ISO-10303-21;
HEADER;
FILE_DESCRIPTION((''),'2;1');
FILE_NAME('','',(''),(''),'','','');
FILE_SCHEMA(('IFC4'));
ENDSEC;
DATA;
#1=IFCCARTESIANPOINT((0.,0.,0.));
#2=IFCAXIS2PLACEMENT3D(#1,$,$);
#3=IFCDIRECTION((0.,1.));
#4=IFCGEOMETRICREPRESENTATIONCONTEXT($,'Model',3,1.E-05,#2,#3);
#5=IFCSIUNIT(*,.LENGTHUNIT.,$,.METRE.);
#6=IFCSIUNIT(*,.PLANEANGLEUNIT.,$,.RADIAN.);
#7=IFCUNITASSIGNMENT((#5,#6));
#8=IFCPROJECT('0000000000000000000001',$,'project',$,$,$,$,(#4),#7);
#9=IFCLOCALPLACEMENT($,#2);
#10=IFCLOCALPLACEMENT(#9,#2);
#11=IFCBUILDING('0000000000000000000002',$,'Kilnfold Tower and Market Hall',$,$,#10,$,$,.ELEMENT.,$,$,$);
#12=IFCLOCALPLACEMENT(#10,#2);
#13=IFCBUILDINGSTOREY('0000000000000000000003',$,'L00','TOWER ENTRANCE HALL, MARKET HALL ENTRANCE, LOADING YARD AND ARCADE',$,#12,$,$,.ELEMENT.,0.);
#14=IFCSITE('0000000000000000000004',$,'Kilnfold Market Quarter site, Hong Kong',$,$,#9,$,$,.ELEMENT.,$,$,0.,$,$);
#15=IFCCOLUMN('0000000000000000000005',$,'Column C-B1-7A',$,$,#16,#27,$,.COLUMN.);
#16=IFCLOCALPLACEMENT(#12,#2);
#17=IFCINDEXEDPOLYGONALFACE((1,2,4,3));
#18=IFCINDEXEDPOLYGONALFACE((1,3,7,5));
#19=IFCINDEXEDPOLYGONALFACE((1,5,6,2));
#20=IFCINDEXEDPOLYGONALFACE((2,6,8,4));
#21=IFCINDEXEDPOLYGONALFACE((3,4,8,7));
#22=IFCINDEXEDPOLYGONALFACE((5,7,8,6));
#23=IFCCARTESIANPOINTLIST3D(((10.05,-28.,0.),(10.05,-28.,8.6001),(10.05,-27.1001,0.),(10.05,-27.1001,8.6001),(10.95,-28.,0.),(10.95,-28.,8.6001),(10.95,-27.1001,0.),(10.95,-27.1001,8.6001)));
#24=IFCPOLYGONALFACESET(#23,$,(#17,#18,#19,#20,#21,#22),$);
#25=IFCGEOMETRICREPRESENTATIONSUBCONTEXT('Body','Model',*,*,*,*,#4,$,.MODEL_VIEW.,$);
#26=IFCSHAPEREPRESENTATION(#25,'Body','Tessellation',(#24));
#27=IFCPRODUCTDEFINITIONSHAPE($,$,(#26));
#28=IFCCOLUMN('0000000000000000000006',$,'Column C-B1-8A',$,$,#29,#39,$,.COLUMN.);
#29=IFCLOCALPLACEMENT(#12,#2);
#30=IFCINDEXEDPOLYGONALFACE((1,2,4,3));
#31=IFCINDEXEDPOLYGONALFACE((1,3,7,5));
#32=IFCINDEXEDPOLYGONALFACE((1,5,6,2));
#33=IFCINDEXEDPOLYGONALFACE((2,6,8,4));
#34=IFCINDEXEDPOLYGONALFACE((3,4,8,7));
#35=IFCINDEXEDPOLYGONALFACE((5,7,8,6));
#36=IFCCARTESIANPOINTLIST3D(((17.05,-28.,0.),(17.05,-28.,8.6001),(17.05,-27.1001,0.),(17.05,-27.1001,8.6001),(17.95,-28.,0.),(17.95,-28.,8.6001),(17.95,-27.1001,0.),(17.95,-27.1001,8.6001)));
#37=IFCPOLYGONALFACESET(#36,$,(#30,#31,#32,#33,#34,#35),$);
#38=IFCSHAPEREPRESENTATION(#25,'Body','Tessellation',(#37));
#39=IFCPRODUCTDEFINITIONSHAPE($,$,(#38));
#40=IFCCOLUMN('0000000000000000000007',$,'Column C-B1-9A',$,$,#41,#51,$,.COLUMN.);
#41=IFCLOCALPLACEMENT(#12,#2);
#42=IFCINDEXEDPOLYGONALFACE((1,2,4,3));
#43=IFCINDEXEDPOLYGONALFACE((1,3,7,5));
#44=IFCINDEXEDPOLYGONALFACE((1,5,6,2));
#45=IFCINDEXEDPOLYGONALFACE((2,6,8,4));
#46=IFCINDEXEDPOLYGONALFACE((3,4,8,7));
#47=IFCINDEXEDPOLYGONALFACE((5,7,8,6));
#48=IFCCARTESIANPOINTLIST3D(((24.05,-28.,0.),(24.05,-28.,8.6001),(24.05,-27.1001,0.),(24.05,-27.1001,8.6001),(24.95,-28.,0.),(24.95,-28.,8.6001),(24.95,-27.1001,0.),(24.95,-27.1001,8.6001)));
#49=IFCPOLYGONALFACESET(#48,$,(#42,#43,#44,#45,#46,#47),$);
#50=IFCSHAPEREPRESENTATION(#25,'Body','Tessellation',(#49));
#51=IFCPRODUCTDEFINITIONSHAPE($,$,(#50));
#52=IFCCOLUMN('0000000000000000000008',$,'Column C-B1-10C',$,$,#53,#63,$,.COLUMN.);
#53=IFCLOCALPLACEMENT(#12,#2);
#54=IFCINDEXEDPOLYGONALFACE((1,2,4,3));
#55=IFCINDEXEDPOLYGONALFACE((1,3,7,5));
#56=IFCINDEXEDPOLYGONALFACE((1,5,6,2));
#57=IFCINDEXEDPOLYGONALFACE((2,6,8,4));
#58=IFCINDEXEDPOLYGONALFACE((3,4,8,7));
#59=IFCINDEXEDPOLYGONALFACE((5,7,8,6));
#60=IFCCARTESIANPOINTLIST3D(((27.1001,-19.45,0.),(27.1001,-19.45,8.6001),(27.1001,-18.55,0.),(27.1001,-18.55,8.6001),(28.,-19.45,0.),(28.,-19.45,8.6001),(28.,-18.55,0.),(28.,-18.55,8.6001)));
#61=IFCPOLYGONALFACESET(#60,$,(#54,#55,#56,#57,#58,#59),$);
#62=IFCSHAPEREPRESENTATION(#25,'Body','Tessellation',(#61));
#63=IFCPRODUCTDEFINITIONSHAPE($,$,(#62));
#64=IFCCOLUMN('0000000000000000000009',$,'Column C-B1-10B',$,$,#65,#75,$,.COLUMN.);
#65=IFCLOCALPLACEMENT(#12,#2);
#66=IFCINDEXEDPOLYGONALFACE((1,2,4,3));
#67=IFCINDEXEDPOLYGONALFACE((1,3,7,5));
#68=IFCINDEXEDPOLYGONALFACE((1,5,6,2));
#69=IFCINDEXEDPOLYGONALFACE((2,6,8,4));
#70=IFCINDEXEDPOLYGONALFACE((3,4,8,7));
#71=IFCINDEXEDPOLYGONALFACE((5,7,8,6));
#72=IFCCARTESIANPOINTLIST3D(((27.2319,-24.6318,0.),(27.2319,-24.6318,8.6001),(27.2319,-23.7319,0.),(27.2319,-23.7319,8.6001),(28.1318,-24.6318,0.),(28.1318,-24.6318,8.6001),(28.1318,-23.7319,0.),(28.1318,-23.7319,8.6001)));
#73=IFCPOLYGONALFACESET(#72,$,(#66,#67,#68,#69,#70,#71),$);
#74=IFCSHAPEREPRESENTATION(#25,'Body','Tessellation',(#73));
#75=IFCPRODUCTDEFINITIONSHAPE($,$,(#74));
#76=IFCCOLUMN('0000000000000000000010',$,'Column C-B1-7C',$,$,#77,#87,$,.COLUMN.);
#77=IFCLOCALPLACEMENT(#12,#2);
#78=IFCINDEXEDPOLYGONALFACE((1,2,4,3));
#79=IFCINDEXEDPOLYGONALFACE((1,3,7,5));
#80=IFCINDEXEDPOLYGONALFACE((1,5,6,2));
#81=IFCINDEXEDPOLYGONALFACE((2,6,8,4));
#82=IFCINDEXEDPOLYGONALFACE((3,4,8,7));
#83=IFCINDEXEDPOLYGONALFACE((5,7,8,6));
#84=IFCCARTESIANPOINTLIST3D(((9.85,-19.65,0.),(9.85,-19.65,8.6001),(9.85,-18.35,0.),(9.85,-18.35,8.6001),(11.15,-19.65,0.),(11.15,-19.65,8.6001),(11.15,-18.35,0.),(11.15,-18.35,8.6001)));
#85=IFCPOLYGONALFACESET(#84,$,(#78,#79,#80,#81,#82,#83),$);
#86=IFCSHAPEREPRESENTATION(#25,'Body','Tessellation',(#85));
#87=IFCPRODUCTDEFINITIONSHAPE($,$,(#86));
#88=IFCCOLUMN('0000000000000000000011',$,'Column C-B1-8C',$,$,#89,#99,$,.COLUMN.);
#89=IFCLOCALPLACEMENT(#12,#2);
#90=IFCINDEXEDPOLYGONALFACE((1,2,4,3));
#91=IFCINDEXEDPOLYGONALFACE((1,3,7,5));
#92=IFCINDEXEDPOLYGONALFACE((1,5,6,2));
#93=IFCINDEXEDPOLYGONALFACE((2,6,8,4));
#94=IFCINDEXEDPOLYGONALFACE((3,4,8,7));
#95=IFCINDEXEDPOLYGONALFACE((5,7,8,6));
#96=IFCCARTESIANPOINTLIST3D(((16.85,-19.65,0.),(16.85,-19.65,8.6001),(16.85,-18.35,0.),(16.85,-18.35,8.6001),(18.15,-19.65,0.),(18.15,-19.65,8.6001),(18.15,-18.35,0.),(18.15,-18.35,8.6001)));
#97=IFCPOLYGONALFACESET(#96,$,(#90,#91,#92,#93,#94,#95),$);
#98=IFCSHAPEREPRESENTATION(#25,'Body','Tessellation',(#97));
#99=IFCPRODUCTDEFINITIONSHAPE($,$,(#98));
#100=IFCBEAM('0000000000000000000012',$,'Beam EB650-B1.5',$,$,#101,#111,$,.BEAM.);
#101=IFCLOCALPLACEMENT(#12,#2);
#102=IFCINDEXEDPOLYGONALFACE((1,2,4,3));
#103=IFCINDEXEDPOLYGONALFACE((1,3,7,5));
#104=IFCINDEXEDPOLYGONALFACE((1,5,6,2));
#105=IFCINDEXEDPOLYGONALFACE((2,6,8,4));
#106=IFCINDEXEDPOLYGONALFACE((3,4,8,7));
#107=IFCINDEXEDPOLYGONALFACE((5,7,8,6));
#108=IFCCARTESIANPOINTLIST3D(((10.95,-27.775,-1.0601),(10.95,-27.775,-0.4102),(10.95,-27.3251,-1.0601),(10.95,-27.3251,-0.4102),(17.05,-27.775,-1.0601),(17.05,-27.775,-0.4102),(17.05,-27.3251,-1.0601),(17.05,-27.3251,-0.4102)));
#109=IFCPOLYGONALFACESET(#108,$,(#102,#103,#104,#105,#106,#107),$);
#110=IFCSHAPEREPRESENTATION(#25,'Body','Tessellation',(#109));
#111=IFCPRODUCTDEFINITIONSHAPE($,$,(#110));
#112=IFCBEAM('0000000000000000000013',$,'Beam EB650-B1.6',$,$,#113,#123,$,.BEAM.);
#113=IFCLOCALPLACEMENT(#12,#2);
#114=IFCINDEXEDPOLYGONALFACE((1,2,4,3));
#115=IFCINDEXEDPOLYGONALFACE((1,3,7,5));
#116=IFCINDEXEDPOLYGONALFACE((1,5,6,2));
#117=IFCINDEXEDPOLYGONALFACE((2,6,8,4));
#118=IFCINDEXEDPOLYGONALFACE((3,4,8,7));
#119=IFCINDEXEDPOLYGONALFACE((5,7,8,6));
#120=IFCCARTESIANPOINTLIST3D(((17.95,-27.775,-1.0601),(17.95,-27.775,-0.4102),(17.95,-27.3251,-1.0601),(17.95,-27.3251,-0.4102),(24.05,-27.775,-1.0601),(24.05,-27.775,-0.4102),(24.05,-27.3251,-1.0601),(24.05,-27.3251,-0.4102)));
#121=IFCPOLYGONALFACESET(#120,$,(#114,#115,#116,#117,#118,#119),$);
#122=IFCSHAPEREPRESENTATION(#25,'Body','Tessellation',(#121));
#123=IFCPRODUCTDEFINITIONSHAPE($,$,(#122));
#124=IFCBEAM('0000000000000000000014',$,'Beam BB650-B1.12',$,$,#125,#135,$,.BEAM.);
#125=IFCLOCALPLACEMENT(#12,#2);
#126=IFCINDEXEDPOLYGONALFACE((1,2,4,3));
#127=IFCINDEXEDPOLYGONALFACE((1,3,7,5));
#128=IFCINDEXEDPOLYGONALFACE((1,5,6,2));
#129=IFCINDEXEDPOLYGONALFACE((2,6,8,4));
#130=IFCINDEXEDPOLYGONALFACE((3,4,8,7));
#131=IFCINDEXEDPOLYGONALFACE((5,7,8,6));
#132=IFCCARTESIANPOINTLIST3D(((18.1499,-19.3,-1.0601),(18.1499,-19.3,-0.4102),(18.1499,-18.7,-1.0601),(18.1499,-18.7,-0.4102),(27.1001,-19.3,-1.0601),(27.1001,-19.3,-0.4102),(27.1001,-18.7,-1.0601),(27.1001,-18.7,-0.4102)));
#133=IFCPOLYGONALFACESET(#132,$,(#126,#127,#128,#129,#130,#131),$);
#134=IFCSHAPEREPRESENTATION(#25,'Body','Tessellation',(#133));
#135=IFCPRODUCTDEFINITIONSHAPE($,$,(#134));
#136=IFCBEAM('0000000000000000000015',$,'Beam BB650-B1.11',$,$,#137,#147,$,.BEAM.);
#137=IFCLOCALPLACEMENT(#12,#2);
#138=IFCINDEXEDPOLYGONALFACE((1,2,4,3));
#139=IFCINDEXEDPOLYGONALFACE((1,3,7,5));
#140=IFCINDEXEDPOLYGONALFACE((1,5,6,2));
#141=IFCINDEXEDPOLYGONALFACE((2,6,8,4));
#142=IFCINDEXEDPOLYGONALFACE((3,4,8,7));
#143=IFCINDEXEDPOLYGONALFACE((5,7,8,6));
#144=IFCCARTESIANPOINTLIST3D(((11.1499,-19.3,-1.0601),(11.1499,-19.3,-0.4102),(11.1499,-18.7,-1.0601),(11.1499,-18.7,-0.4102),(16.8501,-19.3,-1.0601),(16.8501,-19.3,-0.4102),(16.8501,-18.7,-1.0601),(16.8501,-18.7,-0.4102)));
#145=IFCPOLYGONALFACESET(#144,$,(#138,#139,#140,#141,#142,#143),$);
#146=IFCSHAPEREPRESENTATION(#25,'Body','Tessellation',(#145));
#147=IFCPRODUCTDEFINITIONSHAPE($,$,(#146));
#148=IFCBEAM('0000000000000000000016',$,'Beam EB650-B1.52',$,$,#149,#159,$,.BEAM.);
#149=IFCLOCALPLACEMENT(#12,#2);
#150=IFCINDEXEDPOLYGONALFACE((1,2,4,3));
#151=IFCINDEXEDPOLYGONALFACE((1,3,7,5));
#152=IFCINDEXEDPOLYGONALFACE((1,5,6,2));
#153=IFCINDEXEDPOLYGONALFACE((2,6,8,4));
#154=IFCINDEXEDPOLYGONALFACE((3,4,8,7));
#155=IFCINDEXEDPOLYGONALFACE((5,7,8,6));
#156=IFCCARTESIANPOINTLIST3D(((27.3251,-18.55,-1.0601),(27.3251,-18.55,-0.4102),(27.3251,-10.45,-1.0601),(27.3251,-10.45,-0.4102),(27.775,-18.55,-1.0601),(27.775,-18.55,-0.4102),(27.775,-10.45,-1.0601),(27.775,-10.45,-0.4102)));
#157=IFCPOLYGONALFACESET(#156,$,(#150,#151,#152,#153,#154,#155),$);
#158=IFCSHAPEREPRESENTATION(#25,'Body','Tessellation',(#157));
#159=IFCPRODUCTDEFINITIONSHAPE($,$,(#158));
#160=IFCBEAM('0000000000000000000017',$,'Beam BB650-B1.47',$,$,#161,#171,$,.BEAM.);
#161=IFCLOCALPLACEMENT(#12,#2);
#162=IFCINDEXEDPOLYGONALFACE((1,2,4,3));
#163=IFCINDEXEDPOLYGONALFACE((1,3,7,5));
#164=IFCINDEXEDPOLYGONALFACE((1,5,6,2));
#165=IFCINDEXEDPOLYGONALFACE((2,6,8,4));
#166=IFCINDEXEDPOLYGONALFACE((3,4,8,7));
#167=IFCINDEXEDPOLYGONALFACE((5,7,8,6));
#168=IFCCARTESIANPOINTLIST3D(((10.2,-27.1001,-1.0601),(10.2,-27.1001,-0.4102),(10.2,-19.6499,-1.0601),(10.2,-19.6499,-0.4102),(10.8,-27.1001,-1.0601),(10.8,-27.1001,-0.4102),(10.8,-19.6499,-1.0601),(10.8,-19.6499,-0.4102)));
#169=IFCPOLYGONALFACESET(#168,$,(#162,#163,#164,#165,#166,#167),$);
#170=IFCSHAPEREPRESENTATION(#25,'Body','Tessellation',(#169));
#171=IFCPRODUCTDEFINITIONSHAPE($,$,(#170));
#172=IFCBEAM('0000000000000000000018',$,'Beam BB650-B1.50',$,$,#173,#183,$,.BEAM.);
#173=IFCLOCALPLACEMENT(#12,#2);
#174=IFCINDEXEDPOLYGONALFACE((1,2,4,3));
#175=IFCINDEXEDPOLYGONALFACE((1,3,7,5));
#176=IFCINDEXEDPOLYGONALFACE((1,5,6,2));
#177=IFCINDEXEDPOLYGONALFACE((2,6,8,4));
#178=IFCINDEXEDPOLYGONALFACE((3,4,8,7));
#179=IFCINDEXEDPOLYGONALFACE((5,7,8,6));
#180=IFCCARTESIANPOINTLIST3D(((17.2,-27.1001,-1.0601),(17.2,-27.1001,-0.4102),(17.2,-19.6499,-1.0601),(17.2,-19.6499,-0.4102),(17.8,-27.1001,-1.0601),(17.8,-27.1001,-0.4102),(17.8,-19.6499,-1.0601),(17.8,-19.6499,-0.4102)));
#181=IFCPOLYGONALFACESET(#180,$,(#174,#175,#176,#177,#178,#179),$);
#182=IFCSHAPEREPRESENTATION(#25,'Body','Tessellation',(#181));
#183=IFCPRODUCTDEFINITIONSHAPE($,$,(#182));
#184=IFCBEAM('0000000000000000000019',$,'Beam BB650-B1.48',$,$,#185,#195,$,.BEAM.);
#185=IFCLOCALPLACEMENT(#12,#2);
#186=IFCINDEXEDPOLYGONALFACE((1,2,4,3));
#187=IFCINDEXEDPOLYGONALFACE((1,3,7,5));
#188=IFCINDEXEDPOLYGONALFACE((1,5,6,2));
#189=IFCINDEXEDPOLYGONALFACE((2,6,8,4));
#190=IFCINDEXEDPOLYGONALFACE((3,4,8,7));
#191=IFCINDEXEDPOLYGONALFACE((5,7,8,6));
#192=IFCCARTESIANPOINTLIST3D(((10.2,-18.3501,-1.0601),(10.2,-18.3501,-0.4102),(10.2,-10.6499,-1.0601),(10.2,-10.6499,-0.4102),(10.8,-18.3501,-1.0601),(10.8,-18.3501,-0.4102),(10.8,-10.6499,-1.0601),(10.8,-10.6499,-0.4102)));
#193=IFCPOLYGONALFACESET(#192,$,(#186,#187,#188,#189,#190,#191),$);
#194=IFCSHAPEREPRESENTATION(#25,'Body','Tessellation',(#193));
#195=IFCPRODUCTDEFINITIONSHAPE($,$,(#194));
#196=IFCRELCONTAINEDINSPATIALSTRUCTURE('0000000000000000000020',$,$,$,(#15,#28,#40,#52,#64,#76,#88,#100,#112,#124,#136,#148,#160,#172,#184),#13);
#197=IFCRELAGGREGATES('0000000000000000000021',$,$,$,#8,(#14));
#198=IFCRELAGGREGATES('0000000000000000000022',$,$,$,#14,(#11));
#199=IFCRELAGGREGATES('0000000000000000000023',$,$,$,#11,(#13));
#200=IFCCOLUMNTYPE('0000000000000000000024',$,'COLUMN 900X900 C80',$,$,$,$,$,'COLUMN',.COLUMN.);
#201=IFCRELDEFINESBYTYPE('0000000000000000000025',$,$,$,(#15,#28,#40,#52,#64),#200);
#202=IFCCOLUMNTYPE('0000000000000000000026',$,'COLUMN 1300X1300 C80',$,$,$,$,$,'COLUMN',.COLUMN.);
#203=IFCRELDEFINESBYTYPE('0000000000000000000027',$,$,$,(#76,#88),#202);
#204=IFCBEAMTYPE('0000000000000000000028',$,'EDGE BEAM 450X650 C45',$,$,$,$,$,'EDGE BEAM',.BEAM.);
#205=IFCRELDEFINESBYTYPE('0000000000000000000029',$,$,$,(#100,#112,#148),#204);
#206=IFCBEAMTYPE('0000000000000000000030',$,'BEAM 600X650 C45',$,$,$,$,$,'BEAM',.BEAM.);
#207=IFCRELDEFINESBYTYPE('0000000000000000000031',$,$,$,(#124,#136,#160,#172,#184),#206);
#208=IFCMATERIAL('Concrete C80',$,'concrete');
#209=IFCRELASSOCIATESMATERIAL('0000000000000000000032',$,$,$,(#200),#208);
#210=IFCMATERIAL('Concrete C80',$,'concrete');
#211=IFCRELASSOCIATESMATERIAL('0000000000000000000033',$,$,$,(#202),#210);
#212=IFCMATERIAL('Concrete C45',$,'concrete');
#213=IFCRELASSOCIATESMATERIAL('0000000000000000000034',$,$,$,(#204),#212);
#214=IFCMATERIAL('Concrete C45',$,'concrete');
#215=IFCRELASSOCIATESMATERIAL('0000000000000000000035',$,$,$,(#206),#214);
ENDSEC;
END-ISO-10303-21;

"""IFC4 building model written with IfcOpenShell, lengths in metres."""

from ifc_helpers import new_model, si_unit, direction, frame, origin, origin_2d, place, context, subcontext, project, spatial, rectangle, extrude, source, transform, mapped, material, material_profile, profile_set, type_object, element, save


model = new_model("IFC4")

# Units and contexts
model_context = context("Model", 3, precision=1e-05, world=origin(), true_north=direction((0.0, 1.0)))
body_context = subcontext(model_context, "Body", "Model", "MODEL_VIEW")
ifc_project = project(units=[si_unit("LENGTHUNIT", "METRE"), si_unit("PLANEANGLEUNIT", "RADIAN")], contexts=[model_context])

# Site, building, storey
site_placement = place(None, origin())
site = spatial("IfcSite", under=ifc_project, at=site_placement, Name="Kilnfold Market Quarter site, Hong Kong", CompositionType="ELEMENT", RefElevation=0.0)
building_placement = place(site_placement, origin())
building = spatial("IfcBuilding", under=site, at=building_placement, Name="Kilnfold Tower and Market Hall", CompositionType="ELEMENT")
storey_placement = place(building_placement, origin())
storey = spatial("IfcBuildingStorey", under=building, at=storey_placement, Name="L00", Description="TOWER ENTRANCE HALL, MARKET HALL ENTRANCE, LOADING YARD AND ARCADE", CompositionType="ELEMENT", Elevation=0.0)

# Columns
ifc_material_1 = material(Name="Concrete C80", Category="concrete")
ifc_material_profile_1 = material_profile(ifc_material_1, rectangle(XDim=0.8999, YDim=0.8999, at=origin_2d()), Name="RC 900x900")
ifc_profile_set_1 = profile_set([ifc_material_profile_1], Name="Concrete C80")
column_type_1 = type_object("IfcColumnType", Name="COLUMN 900X900 C80", ElementType="COLUMN", PredefinedType="COLUMN", material=ifc_profile_set_1)
shared_shape_1 = source(origin(), body_context, "Body", "SweptSolid", [
    extrude(rectangle(XDim=0.8999, YDim=0.8999, at=origin_2d()), origin(), (0.0, 0.0, 1.0), 8.6001),
])
for number, where, z_axis, x_axis, name in (
    (1, (10.5, -27.55, 0.0), (0.0, 0.0, 1.0), (1.0, 0.0, 0.0), "Column C-B1-7A"),
    (2, (17.5, -27.55, 0.0), (0.0, 0.0, 1.0), (1.0, 0.0, 0.0), "Column C-B1-8A"),
    (3, (24.5, -27.55, 0.0), (0.0, 0.0, 1.0), (1.0, 0.0, 0.0), "Column C-B1-9A"),
    (4, (27.55, -19.0, 0.0), (0.0, 0.0, 1.0), (1.0, 0.0, 0.0), "Column C-B1-10C"),
    (5, (27.6819, -24.1819, 0.0), (0.0, 0.0, 1.0), (1.0, 0.0, 0.0), "Column C-B1-10B"),
):
    element("IfcColumn", number, at=place(storey_placement, frame(where, z_axis=z_axis, x_axis=x_axis)), inside=storey, type_object=column_type_1, Name=name, PredefinedType="COLUMN", context=body_context, shape_type="MappedRepresentation", body=[
        mapped(shared_shape_1, transform((0.0, 0.0, 0.0))),
    ])
ifc_material_2 = material(Name="Concrete C80", Category="concrete")
ifc_material_profile_2 = material_profile(ifc_material_2, rectangle(XDim=1.3, YDim=1.3, at=origin_2d()), Name="RC 1300x1300")
ifc_profile_set_2 = profile_set([ifc_material_profile_2], Name="Concrete C80")
column_type_2 = type_object("IfcColumnType", Name="COLUMN 1300X1300 C80", ElementType="COLUMN", PredefinedType="COLUMN", material=ifc_profile_set_2)
shared_shape_2 = source(origin(), body_context, "Body", "SweptSolid", [
    extrude(rectangle(XDim=1.3, YDim=1.3, at=origin_2d()), origin(), (0.0, 0.0, 1.0), 8.6001),
])
for number, where, z_axis, x_axis, name in (
    (6, (10.5, -19.0, 0.0), (0.0, 0.0, 1.0), (1.0, 0.0, 0.0), "Column C-B1-7C"),
    (7, (17.5, -19.0, 0.0), (0.0, 0.0, 1.0), (1.0, 0.0, 0.0), "Column C-B1-8C"),
):
    element("IfcColumn", number, at=place(storey_placement, frame(where, z_axis=z_axis, x_axis=x_axis)), inside=storey, type_object=column_type_2, Name=name, PredefinedType="COLUMN", context=body_context, shape_type="MappedRepresentation", body=[
        mapped(shared_shape_2, transform((0.0, 0.0, 0.0))),
    ])

# Beams
ifc_material_3 = material(Name="Concrete C45", Category="concrete")
ifc_material_profile_3 = material_profile(ifc_material_3, rectangle(XDim=0.45, YDim=0.6499, at=origin_2d()), Name="RC 450x650")
ifc_profile_set_3 = profile_set([ifc_material_profile_3], Name="Concrete C45")
beam_type_1 = type_object("IfcBeamType", Name="EDGE BEAM 450X650 C45", ElementType="EDGE BEAM", PredefinedType="BEAM", material=ifc_profile_set_3)
shared_shape_3 = source(origin(), body_context, "Body", "SweptSolid", [
    extrude(rectangle(XDim=0.45, YDim=0.6499, at=origin_2d()), origin(), (0.0, 0.0, 1.0), 6.1001),
])
for number, where, z_axis, x_axis, name in (
    (8, (10.95, -27.55, -0.7351), (1.0, 0.0, 0.0), (0.0, 1.0, 0.0), "Beam EB650-B1.5"),
    (9, (17.95, -27.55, -0.7351), (1.0, 0.0, 0.0), (0.0, 1.0, 0.0), "Beam EB650-B1.6"),
):
    element("IfcBeam", number, at=place(storey_placement, frame(where, z_axis=z_axis, x_axis=x_axis)), inside=storey, type_object=beam_type_1, Name=name, PredefinedType="BEAM", context=body_context, shape_type="MappedRepresentation", body=[
        mapped(shared_shape_3, transform((0.0, 0.0, 0.0))),
    ])
ifc_material_4 = material(Name="Concrete C45", Category="concrete")
ifc_material_profile_4 = material_profile(ifc_material_4, rectangle(XDim=0.6001, YDim=0.6499, at=origin_2d()), Name="RC 600x650")
ifc_profile_set_4 = profile_set([ifc_material_profile_4], Name="Concrete C45")
beam_type_2 = type_object("IfcBeamType", Name="BEAM 600X650 C45", ElementType="BEAM", PredefinedType="BEAM", material=ifc_profile_set_4)
shared_shape_4 = source(origin(), body_context, "Body", "SweptSolid", [
    extrude(rectangle(XDim=0.6001, YDim=0.6499, at=origin_2d()), origin(), (0.0, 0.0, 1.0), 8.9502),
])
beam_1_placement = place(storey_placement, frame((18.1499, -19.0, -0.7351), z_axis=(1.0, 0.0, 0.0), x_axis=(0.0, 1.0, 0.0)))
element("IfcBeam", 10, at=beam_1_placement, inside=storey, type_object=beam_type_2, Name="Beam BB650-B1.12", PredefinedType="BEAM", context=body_context, shape_type="MappedRepresentation", body=[
    mapped(shared_shape_4, transform((0.0, 0.0, 0.0))),
])
shared_shape_5 = source(origin(), body_context, "Body", "SweptSolid", [
    extrude(rectangle(XDim=0.6001, YDim=0.6499, at=origin_2d()), origin(), (0.0, 0.0, 1.0), 5.7002),
])
beam_2_placement = place(storey_placement, frame((11.1499, -19.0, -0.7351), z_axis=(1.0, 0.0, 0.0), x_axis=(0.0, 1.0, 0.0)))
element("IfcBeam", 11, at=beam_2_placement, inside=storey, type_object=beam_type_2, Name="Beam BB650-B1.11", PredefinedType="BEAM", context=body_context, shape_type="MappedRepresentation", body=[
    mapped(shared_shape_5, transform((0.0, 0.0, 0.0))),
])
shared_shape_6 = source(origin(), body_context, "Body", "SweptSolid", [
    extrude(rectangle(XDim=0.45, YDim=0.6499, at=origin_2d()), origin(), (0.0, 0.0, 1.0), 8.1001),
])
beam_3_placement = place(storey_placement, frame((27.55, -18.55, -0.7351), z_axis=(0.0, 1.0, 0.0), x_axis=(-1.0, 0.0, 0.0)))
element("IfcBeam", 12, at=beam_3_placement, inside=storey, type_object=beam_type_1, Name="Beam EB650-B1.52", PredefinedType="BEAM", context=body_context, shape_type="MappedRepresentation", body=[
    mapped(shared_shape_6, transform((0.0, 0.0, 0.0))),
])
shared_shape_7 = source(origin(), body_context, "Body", "SweptSolid", [
    extrude(rectangle(XDim=0.6001, YDim=0.6499, at=origin_2d()), origin(), (0.0, 0.0, 1.0), 7.4502),
])
for number, where, z_axis, x_axis, name in (
    (13, (10.5, -27.1001, -0.7351), (0.0, 1.0, 0.0), (-1.0, 0.0, 0.0), "Beam BB650-B1.47"),
    (14, (17.5, -27.1001, -0.7351), (0.0, 1.0, 0.0), (-1.0, 0.0, 0.0), "Beam BB650-B1.50"),
):
    element("IfcBeam", number, at=place(storey_placement, frame(where, z_axis=z_axis, x_axis=x_axis)), inside=storey, type_object=beam_type_2, Name=name, PredefinedType="BEAM", context=body_context, shape_type="MappedRepresentation", body=[
        mapped(shared_shape_7, transform((0.0, 0.0, 0.0))),
    ])
shared_shape_8 = source(origin(), body_context, "Body", "SweptSolid", [
    extrude(rectangle(XDim=0.6001, YDim=0.6499, at=origin_2d()), origin(), (0.0, 0.0, 1.0), 7.7002),
])
beam_4_placement = place(storey_placement, frame((10.5, -18.3501, -0.7351), z_axis=(0.0, 1.0, 0.0), x_axis=(-1.0, 0.0, 0.0)))
element("IfcBeam", 15, at=beam_4_placement, inside=storey, type_object=beam_type_2, Name="Beam BB650-B1.48", PredefinedType="BEAM", context=body_context, shape_type="MappedRepresentation", body=[
    mapped(shared_shape_8, transform((0.0, 0.0, 0.0))),
])

save(model, "model.ifc")
